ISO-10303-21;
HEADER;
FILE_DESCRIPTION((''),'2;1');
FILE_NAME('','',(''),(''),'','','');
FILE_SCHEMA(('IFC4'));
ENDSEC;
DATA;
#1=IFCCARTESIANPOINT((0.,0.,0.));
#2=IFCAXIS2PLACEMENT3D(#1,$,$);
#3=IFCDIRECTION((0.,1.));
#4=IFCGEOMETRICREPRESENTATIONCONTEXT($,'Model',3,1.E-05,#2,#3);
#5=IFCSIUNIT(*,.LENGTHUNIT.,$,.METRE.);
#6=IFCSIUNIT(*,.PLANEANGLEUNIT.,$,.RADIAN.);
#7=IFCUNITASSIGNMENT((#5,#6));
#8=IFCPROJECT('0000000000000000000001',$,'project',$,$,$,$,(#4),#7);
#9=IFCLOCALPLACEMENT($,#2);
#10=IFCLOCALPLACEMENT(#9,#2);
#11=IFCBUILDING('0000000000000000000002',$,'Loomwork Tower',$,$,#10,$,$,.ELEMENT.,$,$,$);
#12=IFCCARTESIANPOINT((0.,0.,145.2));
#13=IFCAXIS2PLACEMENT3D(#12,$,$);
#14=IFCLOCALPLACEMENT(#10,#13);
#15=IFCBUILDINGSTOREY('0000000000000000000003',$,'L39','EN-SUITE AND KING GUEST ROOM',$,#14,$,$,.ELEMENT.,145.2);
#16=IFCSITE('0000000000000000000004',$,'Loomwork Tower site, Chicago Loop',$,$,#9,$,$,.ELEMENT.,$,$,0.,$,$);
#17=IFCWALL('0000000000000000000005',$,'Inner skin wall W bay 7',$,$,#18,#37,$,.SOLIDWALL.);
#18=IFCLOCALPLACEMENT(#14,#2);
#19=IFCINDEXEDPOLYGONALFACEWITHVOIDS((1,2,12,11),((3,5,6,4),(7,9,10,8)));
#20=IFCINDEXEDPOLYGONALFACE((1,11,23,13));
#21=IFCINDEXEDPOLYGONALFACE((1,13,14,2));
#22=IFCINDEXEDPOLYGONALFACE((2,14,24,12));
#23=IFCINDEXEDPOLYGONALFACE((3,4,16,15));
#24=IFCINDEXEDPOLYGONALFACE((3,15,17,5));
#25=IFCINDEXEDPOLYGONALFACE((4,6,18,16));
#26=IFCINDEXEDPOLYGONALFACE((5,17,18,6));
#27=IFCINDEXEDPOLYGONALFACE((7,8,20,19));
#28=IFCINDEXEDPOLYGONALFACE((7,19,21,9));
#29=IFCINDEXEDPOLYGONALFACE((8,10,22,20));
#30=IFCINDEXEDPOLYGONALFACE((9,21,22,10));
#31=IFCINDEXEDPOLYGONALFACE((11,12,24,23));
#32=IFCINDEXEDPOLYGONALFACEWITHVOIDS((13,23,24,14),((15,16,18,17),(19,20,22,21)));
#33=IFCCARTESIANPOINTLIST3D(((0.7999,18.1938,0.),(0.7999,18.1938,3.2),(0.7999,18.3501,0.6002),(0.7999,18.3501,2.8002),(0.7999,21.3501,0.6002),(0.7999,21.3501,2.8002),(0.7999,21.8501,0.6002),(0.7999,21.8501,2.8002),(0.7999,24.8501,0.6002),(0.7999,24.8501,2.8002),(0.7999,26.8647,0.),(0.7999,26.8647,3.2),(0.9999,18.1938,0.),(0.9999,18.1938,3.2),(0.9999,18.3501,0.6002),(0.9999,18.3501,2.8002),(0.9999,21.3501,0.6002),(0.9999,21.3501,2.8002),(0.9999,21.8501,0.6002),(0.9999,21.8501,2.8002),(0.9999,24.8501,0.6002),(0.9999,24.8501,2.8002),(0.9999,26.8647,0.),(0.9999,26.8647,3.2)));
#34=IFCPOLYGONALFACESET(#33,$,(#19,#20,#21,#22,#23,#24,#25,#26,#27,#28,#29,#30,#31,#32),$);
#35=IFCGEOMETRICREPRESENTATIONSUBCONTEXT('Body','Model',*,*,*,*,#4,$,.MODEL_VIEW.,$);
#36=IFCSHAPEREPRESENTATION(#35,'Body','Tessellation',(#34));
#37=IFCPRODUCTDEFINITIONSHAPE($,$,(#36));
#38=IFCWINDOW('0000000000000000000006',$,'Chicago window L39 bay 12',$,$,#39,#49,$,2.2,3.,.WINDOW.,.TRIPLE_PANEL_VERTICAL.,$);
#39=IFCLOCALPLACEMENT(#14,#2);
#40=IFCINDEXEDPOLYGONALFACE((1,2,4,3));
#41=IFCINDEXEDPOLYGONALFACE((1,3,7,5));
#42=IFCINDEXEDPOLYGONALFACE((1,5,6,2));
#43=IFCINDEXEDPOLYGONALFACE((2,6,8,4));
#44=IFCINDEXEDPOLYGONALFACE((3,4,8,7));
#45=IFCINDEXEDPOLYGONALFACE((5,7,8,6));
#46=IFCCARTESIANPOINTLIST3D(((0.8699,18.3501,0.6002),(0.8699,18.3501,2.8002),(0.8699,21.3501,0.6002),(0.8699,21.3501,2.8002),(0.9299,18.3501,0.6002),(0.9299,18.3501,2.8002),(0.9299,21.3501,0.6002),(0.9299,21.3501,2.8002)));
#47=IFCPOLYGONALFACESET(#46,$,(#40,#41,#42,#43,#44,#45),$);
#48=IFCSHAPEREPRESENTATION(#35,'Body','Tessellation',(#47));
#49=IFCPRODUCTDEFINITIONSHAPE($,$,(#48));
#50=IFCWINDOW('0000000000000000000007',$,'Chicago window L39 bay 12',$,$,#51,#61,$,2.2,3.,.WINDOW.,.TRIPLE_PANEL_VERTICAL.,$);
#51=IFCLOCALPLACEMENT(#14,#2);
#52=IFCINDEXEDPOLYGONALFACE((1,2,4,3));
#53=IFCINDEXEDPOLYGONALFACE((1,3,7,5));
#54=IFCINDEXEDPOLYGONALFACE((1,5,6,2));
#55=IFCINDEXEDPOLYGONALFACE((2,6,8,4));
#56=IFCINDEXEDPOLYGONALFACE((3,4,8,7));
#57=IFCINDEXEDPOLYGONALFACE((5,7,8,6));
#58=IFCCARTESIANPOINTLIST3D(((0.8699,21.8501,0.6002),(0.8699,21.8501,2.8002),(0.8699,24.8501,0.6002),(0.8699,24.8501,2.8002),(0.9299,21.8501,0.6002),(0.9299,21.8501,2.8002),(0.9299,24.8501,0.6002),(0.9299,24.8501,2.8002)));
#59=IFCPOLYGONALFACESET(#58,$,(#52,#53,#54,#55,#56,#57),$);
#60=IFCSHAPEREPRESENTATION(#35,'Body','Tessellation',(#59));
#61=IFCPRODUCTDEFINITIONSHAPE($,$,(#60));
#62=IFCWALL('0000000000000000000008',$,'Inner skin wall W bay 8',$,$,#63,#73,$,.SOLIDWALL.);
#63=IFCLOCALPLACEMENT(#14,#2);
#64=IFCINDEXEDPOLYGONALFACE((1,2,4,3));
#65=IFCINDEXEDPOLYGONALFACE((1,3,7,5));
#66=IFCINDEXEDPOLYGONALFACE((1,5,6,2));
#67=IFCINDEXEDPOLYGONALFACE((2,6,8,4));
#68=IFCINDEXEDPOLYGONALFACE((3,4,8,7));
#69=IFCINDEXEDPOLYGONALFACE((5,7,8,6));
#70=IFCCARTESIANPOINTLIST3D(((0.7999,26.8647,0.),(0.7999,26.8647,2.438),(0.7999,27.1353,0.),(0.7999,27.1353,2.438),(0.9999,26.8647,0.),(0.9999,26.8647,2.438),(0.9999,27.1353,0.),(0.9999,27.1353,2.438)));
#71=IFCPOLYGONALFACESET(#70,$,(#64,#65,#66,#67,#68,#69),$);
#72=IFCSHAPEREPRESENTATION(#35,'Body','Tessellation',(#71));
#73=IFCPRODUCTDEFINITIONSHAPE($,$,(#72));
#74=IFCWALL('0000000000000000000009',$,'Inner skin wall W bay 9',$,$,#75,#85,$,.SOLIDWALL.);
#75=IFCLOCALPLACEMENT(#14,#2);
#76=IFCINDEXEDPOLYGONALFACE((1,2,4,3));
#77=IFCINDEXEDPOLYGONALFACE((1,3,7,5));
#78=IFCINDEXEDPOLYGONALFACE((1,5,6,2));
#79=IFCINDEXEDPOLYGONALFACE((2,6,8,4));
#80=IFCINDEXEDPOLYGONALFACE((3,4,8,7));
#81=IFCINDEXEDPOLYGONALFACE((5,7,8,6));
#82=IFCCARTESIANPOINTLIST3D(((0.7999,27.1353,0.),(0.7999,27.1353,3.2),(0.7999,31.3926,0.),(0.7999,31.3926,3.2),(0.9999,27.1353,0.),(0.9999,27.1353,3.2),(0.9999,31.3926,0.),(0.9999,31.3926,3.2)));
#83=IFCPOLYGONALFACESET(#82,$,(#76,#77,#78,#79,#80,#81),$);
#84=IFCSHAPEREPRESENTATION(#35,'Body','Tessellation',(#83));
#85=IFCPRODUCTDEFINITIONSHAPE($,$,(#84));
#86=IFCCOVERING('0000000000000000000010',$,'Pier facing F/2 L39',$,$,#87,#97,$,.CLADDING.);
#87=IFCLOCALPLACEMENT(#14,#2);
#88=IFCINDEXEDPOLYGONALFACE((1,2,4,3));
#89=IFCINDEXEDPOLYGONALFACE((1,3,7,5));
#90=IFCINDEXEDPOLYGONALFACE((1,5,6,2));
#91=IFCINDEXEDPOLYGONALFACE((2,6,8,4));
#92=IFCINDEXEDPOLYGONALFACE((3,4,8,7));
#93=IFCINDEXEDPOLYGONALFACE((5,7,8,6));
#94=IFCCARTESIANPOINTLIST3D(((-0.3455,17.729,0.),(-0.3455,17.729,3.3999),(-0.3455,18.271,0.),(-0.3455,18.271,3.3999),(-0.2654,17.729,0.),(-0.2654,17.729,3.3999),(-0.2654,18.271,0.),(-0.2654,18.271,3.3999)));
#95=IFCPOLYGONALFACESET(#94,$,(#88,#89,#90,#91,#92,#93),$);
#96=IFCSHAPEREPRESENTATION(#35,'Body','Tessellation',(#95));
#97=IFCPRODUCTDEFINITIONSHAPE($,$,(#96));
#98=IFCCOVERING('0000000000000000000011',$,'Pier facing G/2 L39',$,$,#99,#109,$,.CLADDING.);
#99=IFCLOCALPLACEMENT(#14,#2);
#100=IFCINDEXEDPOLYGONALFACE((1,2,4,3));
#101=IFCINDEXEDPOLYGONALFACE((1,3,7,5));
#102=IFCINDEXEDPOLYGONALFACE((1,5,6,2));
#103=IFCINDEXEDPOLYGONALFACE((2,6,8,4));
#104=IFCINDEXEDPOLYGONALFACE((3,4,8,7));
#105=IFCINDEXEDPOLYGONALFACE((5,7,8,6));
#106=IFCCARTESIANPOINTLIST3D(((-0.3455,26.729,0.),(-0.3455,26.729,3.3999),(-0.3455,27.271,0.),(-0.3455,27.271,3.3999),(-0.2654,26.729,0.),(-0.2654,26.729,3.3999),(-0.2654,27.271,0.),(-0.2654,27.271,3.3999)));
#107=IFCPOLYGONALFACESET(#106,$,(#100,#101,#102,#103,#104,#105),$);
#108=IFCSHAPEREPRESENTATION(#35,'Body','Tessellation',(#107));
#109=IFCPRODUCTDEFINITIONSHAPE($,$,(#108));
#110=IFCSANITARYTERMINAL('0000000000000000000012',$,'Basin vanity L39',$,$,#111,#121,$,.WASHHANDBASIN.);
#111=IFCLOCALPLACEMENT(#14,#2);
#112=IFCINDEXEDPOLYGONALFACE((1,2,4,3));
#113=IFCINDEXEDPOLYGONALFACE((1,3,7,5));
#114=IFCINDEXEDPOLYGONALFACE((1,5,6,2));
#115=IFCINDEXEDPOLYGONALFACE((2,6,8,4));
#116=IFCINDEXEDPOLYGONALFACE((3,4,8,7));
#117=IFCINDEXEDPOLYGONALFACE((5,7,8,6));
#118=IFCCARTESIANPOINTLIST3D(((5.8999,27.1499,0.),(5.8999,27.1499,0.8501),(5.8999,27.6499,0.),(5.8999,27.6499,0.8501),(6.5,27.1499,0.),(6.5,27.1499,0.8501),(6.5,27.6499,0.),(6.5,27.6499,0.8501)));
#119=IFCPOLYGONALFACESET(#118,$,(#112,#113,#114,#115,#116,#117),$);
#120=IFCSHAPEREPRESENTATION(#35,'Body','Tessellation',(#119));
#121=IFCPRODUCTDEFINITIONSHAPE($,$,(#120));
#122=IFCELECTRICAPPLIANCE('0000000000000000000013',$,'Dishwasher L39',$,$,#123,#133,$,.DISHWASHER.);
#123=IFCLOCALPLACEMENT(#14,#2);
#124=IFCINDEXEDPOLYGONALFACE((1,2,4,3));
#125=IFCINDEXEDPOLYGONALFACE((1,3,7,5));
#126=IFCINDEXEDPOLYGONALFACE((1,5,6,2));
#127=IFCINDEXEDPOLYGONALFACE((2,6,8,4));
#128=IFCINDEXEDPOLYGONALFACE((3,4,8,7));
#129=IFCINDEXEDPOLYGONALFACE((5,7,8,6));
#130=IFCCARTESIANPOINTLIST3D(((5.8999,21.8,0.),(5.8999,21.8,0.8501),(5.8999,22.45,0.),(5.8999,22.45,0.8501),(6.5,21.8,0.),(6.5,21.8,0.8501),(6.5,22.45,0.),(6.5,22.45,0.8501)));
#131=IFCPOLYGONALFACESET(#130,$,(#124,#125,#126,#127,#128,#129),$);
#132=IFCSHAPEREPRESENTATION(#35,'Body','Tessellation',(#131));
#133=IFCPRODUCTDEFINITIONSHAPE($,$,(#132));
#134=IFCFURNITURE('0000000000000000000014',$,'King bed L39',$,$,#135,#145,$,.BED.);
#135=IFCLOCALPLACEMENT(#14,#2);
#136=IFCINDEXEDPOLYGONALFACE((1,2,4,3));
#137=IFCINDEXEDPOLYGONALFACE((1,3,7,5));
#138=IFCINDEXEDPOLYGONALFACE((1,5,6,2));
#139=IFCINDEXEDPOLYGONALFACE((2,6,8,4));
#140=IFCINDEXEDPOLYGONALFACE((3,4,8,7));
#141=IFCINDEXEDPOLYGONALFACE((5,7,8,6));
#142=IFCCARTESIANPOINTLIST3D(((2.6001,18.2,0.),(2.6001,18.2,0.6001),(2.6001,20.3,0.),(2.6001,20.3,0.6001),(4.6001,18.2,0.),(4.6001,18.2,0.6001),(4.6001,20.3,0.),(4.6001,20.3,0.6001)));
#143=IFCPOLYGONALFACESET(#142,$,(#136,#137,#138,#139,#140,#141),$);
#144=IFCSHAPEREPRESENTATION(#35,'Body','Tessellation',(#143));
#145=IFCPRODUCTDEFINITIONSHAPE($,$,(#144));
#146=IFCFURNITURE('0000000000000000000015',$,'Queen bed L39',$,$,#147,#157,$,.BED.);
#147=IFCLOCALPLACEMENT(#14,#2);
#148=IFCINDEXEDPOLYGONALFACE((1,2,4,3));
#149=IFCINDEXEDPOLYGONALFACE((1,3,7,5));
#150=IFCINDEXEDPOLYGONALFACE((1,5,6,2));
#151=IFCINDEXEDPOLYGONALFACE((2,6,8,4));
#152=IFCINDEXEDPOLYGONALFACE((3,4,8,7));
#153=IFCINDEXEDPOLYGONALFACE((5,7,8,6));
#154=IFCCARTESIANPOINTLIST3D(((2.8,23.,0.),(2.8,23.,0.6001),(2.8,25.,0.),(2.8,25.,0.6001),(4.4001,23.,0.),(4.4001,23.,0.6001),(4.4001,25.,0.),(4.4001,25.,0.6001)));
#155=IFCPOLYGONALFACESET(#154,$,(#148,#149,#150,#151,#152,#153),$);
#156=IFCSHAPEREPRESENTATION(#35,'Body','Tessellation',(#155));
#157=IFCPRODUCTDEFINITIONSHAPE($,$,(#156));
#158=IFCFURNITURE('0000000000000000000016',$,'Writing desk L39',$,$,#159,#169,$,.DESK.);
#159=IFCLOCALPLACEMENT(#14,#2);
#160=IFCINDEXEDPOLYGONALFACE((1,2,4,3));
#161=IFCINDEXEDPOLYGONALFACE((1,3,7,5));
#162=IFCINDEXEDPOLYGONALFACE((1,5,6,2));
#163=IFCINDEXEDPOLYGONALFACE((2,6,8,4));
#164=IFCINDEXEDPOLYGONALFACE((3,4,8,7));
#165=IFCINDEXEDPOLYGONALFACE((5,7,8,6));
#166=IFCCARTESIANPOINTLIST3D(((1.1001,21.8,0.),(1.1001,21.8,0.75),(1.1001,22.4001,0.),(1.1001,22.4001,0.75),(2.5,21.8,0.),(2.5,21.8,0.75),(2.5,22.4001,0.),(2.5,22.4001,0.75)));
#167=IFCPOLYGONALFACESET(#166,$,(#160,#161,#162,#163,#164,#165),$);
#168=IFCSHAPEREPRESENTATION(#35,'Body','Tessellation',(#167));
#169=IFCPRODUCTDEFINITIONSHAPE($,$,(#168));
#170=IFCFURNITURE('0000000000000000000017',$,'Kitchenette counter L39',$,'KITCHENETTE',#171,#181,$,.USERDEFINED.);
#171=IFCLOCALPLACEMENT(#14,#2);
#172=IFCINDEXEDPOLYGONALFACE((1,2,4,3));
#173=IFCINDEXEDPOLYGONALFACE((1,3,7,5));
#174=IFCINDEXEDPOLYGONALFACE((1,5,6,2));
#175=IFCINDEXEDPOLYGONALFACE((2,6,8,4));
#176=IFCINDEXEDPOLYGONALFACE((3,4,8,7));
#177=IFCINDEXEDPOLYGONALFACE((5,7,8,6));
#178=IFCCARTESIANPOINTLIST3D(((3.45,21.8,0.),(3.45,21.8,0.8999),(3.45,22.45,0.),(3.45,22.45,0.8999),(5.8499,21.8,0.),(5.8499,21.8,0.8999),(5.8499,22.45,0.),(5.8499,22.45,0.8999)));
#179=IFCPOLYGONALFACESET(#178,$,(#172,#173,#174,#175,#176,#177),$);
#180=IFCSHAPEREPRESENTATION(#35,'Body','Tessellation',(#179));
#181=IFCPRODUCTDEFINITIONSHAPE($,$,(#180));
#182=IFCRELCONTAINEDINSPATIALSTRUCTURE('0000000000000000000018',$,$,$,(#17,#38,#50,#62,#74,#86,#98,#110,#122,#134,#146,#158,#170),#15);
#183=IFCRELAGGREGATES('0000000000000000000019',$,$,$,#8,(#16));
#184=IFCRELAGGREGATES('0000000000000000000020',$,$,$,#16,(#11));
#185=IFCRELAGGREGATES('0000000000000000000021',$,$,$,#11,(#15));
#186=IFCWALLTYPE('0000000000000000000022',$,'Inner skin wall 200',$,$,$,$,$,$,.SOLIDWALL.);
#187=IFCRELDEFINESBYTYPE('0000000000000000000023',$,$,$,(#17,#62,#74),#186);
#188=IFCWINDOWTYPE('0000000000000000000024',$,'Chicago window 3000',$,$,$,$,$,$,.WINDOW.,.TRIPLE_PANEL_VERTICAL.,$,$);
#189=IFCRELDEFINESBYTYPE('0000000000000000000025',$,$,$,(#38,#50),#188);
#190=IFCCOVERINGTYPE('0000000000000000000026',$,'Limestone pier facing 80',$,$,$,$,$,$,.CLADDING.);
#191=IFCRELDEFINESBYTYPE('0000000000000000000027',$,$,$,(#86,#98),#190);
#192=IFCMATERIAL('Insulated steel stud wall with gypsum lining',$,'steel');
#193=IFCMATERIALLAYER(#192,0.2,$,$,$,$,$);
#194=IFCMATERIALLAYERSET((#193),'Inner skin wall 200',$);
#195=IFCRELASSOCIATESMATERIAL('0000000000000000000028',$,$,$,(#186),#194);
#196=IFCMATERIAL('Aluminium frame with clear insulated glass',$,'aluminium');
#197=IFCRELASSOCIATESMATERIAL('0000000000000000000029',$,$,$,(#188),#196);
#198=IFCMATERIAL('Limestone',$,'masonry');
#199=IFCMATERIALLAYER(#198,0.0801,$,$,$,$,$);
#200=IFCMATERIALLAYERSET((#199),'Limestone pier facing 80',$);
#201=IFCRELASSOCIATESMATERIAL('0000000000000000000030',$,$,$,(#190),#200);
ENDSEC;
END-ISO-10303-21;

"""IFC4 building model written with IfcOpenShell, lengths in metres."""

from ifc_helpers import new_model, si_unit, direction, frame, frame_2d, origin, origin_2d, place, context, subcontext, project, spatial, rectangle, extrude, material, layer, layer_set, type_object, element, fill, save


model = new_model("IFC4")

# Units and contexts
model_context = context("Model", 3, precision=1e-05, world=origin(), true_north=direction((0.0, 1.0)))
body_context = subcontext(model_context, "Body", "Model", "MODEL_VIEW")
ifc_project = project(units=[si_unit("LENGTHUNIT", "METRE"), si_unit("PLANEANGLEUNIT", "RADIAN")], contexts=[model_context])

# Site, building, storey
site_placement = place(None, origin())
site = spatial("IfcSite", under=ifc_project, at=site_placement, Name="Loomwork Tower site, Chicago Loop", CompositionType="ELEMENT", RefElevation=0.0)
building_placement = place(site_placement, origin())
building = spatial("IfcBuilding", under=site, at=building_placement, Name="Loomwork Tower", CompositionType="ELEMENT")
storey_placement = place(building_placement, frame((0.0, 0.0, 145.2)))
storey = spatial("IfcBuildingStorey", under=building, at=storey_placement, Name="L39", Description="EN-SUITE AND KING GUEST ROOM", CompositionType="ELEMENT", Elevation=145.2)

# Shared definitions
ifc_material_1 = material(Name="Insulated steel stud wall with gypsum lining", Category="steel")
ifc_layer_1 = layer(ifc_material_1, 0.2)
ifc_layer_set_1 = layer_set([ifc_layer_1], Name="Inner skin wall 200")
wall_type_1 = type_object("IfcWallType", Name="Inner skin wall 200", PredefinedType="SOLIDWALL", material=ifc_layer_set_1)

# Wall, openings, windows
wall_1_placement = place(storey_placement, frame((0.8999, 18.1938, 0.0), z_axis=(0.0, 0.0, 1.0), x_axis=(0.0, 1.0, 0.0)))
wall_1 = element("IfcWall", 1, at=wall_1_placement, inside=storey, type_object=wall_type_1, Name="Inner skin wall W bay 7", PredefinedType="SOLIDWALL", context=body_context, shape_type="SweptSolid", body=[
    extrude(rectangle(XDim=8.6709, YDim=0.2, at=frame_2d((4.3354, 0.0))), origin(), (0.0, 0.0, 1.0), 3.2),
])
opening_1_placement = place(wall_1_placement, frame((0.1562, 0.0, 0.6001)))
opening_1 = element("IfcOpeningElement", 2, at=opening_1_placement, cuts=wall_1, PredefinedType="OPENING", context=body_context, shape_type="SweptSolid", body=[
    extrude(rectangle(XDim=3.0, YDim=2.2, at=frame_2d((1.5, 1.1001))), frame((0.0, 0.1099, 0.0), z_axis=(0.0, -1.0, 0.0), x_axis=(1.0, 0.0, 0.0)), (0.0, 0.0, 1.0), 0.22),
])
opening_2_placement = place(wall_1_placement, frame((3.6562, 0.0, 0.6001)))
opening_2 = element("IfcOpeningElement", 3, at=opening_2_placement, cuts=wall_1, PredefinedType="OPENING", context=body_context, shape_type="SweptSolid", body=[
    extrude(rectangle(XDim=3.0, YDim=2.2, at=frame_2d((1.5, 1.1001))), frame((0.0, 0.1099, 0.0), z_axis=(0.0, -1.0, 0.0), x_axis=(1.0, 0.0, 0.0)), (0.0, 0.0, 1.0), 0.22),
])
ifc_material_2 = material(Name="Aluminium frame with clear insulated glass", Category="aluminium")
window_type = type_object("IfcWindowType", Name="Chicago window 3000", PartitioningType="TRIPLE_PANEL_VERTICAL", PredefinedType="WINDOW", material=ifc_material_2)
window_1_placement = place(opening_1_placement, origin())
window_1 = element("IfcWindow", 4, at=window_1_placement, inside=storey, type_object=window_type, Name="Chicago window L39 bay 12", OverallHeight=2.2, OverallWidth=3.0, PartitioningType="TRIPLE_PANEL_VERTICAL", PredefinedType="WINDOW", context=body_context, shape_type="SweptSolid", body=[
    extrude(rectangle(XDim=3.0, YDim=2.2, at=frame_2d((1.5, 1.1001))), frame((0.0, 0.03, 0.0), z_axis=(0.0, -1.0, 0.0), x_axis=(1.0, 0.0, 0.0)), (0.0, 0.0, 1.0), 0.0601),
])
fill(opening_1, window_1)
window_2_placement = place(opening_2_placement, origin())
window_2 = element("IfcWindow", 5, at=window_2_placement, inside=storey, type_object=window_type, Name="Chicago window L39 bay 12", OverallHeight=2.2, OverallWidth=3.0, PartitioningType="TRIPLE_PANEL_VERTICAL", PredefinedType="WINDOW", context=body_context, shape_type="SweptSolid", body=[
    extrude(rectangle(XDim=3.0, YDim=2.2, at=frame_2d((1.5, 1.1001))), frame((0.0, 0.03, 0.0), z_axis=(0.0, -1.0, 0.0), x_axis=(1.0, 0.0, 0.0)), (0.0, 0.0, 1.0), 0.0601),
])
fill(opening_2, window_2)

# Walls
wall_2_placement = place(storey_placement, frame((0.8999, 26.8647, 0.0), z_axis=(0.0, 0.0, 1.0), x_axis=(0.0, 1.0, 0.0)))
element("IfcWall", 6, at=wall_2_placement, inside=storey, type_object=wall_type_1, Name="Inner skin wall W bay 8", PredefinedType="SOLIDWALL", context=body_context, shape_type="SweptSolid", body=[
    extrude(rectangle(XDim=0.2705, YDim=0.2, at=frame_2d((0.1353, 0.0))), origin(), (0.0, 0.0, 1.0), 2.438),
])
wall_3_placement = place(storey_placement, frame((0.8999, 27.1353, 0.0), z_axis=(0.0, 0.0, 1.0), x_axis=(0.0, 1.0, 0.0)))
element("IfcWall", 7, at=wall_3_placement, inside=storey, type_object=wall_type_1, Name="Inner skin wall W bay 9", PredefinedType="SOLIDWALL", context=body_context, shape_type="SweptSolid", body=[
    extrude(rectangle(XDim=4.2573, YDim=0.2, at=frame_2d((2.1287, 0.0))), origin(), (0.0, 0.0, 1.0), 3.2),
])

# Coverings
ifc_material_3 = material(Name="Limestone", Category="masonry")
ifc_layer_2 = layer(ifc_material_3, 0.0801)
ifc_layer_set_2 = layer_set([ifc_layer_2], Name="Limestone pier facing 80")
covering_type = type_object("IfcCoveringType", Name="Limestone pier facing 80", PredefinedType="CLADDING", material=ifc_layer_set_2)
for number, where, z_axis, x_axis, name in (
    (8, (-0.3054, 18.0, 0.0), (0.0, 0.0, 1.0), (1.0, 0.0, 0.0), "Pier facing F/2 L39"),
    (9, (-0.3054, 27.0, 0.0), (0.0, 0.0, 1.0), (1.0, 0.0, 0.0), "Pier facing G/2 L39"),
):
    element("IfcCovering", number, at=place(storey_placement, frame(where, z_axis=z_axis, x_axis=x_axis)), inside=storey, type_object=covering_type, Name=name, PredefinedType="CLADDING", context=body_context, shape_type="SweptSolid", body=[
        extrude(rectangle(XDim=0.0801, YDim=0.542, at=origin_2d()), origin(), (0.0, 0.0, 1.0), 3.3999),
    ])

# Sanitary terminal
sanitary_terminal_placement = place(storey_placement, frame((6.2, 27.3999, 0.0), z_axis=(0.0, 0.0, 1.0), x_axis=(1.0, 0.0, 0.0)))
element("IfcSanitaryTerminal", 10, at=sanitary_terminal_placement, inside=storey, Name="Basin vanity L39", PredefinedType="WASHHANDBASIN", context=body_context, shape_type="SweptSolid", body=[
    extrude(rectangle(XDim=0.6001, YDim=0.5, at=origin_2d()), origin(), (0.0, 0.0, 1.0), 0.8501),
])

# Electric appliance
electric_appliance_placement = place(storey_placement, frame((6.2, 22.125, 0.0), z_axis=(0.0, 0.0, 1.0), x_axis=(1.0, 0.0, 0.0)))
element("IfcElectricAppliance", 11, at=electric_appliance_placement, inside=storey, Name="Dishwasher L39", PredefinedType="DISHWASHER", context=body_context, shape_type="SweptSolid", body=[
    extrude(rectangle(XDim=0.6001, YDim=0.6499, at=origin_2d()), origin(), (0.0, 0.0, 1.0), 0.8501),
])

# Furniture
furniture_1_placement = place(storey_placement, frame((3.6001, 19.25, 0.0), z_axis=(0.0, 0.0, 1.0), x_axis=(1.0, 0.0, 0.0)))
element("IfcFurniture", 12, at=furniture_1_placement, inside=storey, Name="King bed L39", PredefinedType="BED", context=body_context, shape_type="SweptSolid", body=[
    extrude(rectangle(XDim=2.0, YDim=2.1001, at=origin_2d()), origin(), (0.0, 0.0, 1.0), 0.6001),
])
furniture_2_placement = place(storey_placement, frame((3.6001, 24.0, 0.0), z_axis=(0.0, 0.0, 1.0), x_axis=(1.0, 0.0, 0.0)))
element("IfcFurniture", 13, at=furniture_2_placement, inside=storey, Name="Queen bed L39", PredefinedType="BED", context=body_context, shape_type="SweptSolid", body=[
    extrude(rectangle(XDim=1.6001, YDim=2.0, at=origin_2d()), origin(), (0.0, 0.0, 1.0), 0.6001),
])
furniture_3_placement = place(storey_placement, frame((1.8, 22.1001, 0.0), z_axis=(0.0, 0.0, 1.0), x_axis=(1.0, 0.0, 0.0)))
element("IfcFurniture", 14, at=furniture_3_placement, inside=storey, Name="Writing desk L39", PredefinedType="DESK", context=body_context, shape_type="SweptSolid", body=[
    extrude(rectangle(XDim=1.3999, YDim=0.6001, at=origin_2d()), origin(), (0.0, 0.0, 1.0), 0.75),
])
furniture_4_placement = place(storey_placement, frame((4.6499, 22.125, 0.0), z_axis=(0.0, 0.0, 1.0), x_axis=(1.0, 0.0, 0.0)))
element("IfcFurniture", 15, at=furniture_4_placement, inside=storey, Name="Kitchenette counter L39", ObjectType="KITCHENETTE", PredefinedType="USERDEFINED", context=body_context, shape_type="SweptSolid", body=[
    extrude(rectangle(XDim=2.3999, YDim=0.6499, at=origin_2d()), origin(), (0.0, 0.0, 1.0), 0.8999),
])

save(model, "model.ifc")
